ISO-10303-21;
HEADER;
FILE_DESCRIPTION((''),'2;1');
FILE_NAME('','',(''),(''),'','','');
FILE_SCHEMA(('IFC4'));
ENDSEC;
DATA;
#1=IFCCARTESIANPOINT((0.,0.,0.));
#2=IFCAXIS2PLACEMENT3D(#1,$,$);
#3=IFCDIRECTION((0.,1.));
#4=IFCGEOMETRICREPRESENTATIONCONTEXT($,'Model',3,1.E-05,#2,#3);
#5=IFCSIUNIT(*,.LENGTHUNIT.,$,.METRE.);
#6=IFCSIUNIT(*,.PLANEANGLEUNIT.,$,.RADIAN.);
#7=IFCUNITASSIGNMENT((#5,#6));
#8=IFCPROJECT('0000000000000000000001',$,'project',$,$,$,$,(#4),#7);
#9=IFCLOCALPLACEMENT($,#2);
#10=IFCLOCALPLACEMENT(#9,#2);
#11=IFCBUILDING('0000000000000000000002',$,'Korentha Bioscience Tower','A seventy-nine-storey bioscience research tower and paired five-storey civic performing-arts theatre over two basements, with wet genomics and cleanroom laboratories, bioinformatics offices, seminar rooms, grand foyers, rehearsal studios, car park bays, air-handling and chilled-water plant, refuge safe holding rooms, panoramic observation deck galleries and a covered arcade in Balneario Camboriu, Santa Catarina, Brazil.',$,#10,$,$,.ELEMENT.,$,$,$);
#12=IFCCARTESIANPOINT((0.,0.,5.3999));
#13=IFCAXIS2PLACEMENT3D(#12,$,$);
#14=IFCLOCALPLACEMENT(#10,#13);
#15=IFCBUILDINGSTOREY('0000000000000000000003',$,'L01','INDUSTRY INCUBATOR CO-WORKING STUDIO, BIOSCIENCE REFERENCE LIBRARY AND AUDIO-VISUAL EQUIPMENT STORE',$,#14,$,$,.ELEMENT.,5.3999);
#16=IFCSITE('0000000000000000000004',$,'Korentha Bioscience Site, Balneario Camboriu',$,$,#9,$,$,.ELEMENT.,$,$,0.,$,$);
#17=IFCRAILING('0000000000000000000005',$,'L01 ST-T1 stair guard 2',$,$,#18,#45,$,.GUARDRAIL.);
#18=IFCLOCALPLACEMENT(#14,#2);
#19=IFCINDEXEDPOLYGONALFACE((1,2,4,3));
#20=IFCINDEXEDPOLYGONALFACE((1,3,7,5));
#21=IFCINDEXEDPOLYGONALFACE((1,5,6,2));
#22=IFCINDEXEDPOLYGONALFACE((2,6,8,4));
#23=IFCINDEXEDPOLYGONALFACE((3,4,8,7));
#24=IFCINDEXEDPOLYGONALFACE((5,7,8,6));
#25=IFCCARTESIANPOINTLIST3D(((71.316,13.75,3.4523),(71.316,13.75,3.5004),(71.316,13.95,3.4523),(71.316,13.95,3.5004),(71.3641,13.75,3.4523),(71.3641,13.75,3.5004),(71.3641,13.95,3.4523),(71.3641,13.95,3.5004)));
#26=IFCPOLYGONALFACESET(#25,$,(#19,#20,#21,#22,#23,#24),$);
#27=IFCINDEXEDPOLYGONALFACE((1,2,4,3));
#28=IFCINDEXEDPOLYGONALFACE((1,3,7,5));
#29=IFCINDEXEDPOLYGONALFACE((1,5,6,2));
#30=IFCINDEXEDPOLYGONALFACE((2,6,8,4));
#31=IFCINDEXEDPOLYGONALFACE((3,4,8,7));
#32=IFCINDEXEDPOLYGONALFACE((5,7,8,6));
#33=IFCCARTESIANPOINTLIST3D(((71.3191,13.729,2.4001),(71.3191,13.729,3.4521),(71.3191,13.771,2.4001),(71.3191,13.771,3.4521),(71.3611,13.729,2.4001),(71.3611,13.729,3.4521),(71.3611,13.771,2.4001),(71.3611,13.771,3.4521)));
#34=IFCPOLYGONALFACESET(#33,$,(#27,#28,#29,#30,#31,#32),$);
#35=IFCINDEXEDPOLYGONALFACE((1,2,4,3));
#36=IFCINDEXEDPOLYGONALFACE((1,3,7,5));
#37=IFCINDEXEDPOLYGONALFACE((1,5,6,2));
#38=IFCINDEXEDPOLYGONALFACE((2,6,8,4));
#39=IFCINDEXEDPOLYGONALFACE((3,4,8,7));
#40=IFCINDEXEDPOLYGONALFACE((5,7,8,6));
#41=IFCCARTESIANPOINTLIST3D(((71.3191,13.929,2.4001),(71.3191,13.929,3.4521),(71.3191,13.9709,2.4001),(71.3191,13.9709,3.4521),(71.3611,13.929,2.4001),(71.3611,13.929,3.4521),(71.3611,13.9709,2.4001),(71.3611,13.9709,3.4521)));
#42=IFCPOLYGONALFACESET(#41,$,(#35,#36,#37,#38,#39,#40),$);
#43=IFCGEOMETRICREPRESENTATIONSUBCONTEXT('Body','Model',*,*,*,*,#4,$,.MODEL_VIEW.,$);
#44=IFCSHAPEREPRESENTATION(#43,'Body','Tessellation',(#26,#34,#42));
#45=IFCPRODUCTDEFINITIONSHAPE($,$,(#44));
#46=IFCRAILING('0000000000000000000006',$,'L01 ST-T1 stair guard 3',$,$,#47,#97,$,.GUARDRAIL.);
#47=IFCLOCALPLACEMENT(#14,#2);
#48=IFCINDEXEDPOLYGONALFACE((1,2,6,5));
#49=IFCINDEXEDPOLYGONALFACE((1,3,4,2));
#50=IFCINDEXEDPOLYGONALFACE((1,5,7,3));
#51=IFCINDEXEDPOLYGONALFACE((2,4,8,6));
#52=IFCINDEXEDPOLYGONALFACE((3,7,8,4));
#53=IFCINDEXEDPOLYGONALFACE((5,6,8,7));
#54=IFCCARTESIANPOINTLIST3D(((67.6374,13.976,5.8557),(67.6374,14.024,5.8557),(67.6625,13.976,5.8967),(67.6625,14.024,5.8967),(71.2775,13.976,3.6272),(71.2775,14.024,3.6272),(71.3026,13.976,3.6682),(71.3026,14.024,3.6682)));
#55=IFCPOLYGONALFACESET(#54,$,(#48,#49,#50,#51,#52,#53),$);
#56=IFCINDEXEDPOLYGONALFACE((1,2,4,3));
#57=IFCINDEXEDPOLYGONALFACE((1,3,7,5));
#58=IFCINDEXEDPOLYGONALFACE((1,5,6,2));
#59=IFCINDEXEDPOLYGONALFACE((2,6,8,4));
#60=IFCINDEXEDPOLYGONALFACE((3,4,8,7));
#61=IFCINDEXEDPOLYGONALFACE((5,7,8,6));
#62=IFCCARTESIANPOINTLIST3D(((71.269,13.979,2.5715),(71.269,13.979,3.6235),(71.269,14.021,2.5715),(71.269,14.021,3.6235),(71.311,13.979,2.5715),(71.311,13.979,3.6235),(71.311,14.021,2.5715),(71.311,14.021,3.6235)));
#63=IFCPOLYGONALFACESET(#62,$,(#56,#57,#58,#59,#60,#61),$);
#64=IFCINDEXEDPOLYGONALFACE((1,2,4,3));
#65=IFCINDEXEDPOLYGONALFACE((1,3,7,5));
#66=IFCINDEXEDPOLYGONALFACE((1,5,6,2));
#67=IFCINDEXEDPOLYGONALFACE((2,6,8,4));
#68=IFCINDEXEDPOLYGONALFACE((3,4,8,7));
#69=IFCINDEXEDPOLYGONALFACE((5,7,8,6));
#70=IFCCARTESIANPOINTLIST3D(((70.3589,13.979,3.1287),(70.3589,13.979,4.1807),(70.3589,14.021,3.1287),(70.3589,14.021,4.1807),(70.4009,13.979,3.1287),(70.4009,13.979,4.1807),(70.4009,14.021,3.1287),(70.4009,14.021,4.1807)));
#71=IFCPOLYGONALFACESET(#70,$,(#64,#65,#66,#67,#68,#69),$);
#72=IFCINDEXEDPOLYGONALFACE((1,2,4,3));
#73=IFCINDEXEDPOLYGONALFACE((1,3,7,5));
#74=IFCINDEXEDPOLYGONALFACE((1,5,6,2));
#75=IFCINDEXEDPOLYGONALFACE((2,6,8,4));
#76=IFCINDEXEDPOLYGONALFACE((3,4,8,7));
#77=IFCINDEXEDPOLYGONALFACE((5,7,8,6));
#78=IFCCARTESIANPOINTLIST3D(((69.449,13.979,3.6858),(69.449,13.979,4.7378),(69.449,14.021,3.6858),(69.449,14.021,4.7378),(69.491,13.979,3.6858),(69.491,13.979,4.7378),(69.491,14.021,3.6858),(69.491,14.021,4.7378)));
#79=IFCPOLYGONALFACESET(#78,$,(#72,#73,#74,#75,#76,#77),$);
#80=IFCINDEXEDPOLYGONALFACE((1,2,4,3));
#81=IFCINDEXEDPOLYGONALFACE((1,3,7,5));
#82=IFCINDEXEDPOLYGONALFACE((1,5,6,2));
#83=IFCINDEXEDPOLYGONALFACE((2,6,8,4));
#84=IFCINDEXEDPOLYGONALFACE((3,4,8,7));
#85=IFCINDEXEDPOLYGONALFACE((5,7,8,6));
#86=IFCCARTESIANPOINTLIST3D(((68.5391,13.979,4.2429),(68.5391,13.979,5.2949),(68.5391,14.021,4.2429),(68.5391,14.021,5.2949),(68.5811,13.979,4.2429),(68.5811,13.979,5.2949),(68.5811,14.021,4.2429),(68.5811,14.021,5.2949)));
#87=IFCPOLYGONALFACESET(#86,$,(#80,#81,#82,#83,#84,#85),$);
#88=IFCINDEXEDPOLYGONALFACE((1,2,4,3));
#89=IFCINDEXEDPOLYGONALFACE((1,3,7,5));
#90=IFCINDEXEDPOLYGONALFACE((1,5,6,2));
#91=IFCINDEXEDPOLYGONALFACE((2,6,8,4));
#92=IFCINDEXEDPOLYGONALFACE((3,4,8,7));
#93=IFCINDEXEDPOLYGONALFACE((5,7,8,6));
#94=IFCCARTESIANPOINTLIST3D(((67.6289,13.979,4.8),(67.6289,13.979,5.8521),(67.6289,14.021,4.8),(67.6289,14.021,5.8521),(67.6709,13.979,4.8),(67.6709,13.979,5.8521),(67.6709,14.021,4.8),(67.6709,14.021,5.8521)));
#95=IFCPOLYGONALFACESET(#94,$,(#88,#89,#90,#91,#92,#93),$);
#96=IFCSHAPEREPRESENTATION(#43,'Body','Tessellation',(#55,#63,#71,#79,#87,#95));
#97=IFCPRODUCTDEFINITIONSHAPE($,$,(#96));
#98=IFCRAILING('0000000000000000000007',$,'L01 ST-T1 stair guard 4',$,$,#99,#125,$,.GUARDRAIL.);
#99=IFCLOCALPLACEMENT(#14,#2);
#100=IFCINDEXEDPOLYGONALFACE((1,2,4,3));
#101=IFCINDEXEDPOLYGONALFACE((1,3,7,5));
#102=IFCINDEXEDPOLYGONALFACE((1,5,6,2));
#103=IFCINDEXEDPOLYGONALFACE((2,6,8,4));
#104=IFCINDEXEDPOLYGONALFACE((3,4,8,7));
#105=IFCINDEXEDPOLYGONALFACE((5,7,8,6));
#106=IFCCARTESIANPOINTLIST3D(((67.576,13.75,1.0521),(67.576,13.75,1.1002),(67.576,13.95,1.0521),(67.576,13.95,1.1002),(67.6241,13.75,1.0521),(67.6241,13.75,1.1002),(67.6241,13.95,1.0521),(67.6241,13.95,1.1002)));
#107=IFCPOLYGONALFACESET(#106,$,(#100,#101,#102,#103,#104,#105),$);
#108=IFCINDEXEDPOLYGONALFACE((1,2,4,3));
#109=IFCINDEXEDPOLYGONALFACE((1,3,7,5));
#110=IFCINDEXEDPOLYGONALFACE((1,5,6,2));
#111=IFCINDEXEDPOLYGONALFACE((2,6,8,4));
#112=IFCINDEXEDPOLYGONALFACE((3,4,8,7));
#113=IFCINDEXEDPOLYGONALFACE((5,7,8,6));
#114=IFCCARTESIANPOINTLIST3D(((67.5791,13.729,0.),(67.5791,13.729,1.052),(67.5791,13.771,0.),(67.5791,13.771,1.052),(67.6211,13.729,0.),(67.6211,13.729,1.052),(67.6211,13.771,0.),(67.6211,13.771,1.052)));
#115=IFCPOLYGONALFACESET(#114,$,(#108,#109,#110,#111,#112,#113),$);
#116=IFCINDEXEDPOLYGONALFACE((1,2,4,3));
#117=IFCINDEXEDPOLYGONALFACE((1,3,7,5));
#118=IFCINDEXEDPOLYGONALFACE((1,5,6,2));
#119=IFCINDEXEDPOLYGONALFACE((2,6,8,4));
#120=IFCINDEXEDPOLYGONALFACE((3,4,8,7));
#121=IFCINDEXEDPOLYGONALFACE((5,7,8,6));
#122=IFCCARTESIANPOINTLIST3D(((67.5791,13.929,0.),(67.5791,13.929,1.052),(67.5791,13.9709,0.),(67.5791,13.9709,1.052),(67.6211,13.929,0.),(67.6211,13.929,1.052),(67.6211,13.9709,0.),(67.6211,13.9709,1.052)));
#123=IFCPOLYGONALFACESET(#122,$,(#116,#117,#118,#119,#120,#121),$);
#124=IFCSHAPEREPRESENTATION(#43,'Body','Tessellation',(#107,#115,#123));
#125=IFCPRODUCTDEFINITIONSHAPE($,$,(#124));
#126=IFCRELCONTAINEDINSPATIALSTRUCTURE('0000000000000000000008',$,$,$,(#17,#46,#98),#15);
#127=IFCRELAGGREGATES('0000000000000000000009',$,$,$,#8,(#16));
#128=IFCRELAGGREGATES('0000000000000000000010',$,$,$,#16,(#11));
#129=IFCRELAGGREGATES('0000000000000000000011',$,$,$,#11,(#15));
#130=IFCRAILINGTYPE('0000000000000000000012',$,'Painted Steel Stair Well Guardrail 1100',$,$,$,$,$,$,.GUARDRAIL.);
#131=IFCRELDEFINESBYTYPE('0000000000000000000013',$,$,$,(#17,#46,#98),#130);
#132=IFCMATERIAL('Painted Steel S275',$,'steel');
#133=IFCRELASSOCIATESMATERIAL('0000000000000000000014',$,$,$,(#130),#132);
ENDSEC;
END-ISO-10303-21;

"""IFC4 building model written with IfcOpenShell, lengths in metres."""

from ifc_helpers import new_model, si_unit, direction, frame, origin, origin_2d, place, context, subcontext, project, spatial, rectangle, extrude, material, type_object, element, save


model = new_model("IFC4")

# Units and contexts
model_context = context("Model", 3, precision=1e-05, world=origin(), true_north=direction((0.0, 1.0)))
body_context = subcontext(model_context, "Body", "Model", "MODEL_VIEW")
ifc_project = project(units=[si_unit("LENGTHUNIT", "METRE"), si_unit("PLANEANGLEUNIT", "RADIAN")], contexts=[model_context])

# Site, building, storey
site_placement = place(None, origin())
site = spatial("IfcSite", under=ifc_project, at=site_placement, Name="Korentha Bioscience Site, Balneario Camboriu", CompositionType="ELEMENT", RefElevation=0.0)
building_placement = place(site_placement, origin())
building = spatial("IfcBuilding", under=site, at=building_placement, Name="Korentha Bioscience Tower", Description="A seventy-nine-storey bioscience research tower and paired five-storey civic performing-arts theatre over two basements, with wet genomics and cleanroom laboratories, bioinformatics offices, seminar rooms, grand foyers, rehearsal studios, car park bays, air-handling and chilled-water plant, refuge safe holding rooms, panoramic observation deck galleries and a covered arcade in Balneario Camboriu, Santa Catarina, Brazil.", CompositionType="ELEMENT")
storey_placement = place(building_placement, frame((0.0, 0.0, 5.3999)))
storey = spatial("IfcBuildingStorey", under=building, at=storey_placement, Name="L01", Description="INDUSTRY INCUBATOR CO-WORKING STUDIO, BIOSCIENCE REFERENCE LIBRARY AND AUDIO-VISUAL EQUIPMENT STORE", CompositionType="ELEMENT", Elevation=5.3999)

# Railings
ifc_material_1 = material(Name="Painted Steel S275", Category="steel")
railing_type_1 = type_object("IfcRailingType", Name="Painted Steel Stair Well Guardrail 1100", PredefinedType="GUARDRAIL", material=ifc_material_1)
railing_1_placement = place(storey_placement, frame((71.3401, 13.75, 2.4001)))
element("IfcRailing", 1, at=railing_1_placement, inside=storey, type_object=railing_type_1, Name="L01 ST-T1 stair guard 2", PredefinedType="GUARDRAIL", context=body_context, shape_type="SweptSolid", body=[
    extrude(rectangle(XDim=0.0481, YDim=0.0481, at=origin_2d()), frame((0.0, 0.0, 1.0762), z_axis=(0.0, 1.0, 0.0), x_axis=(-1.0, 0.0, 0.0)), (0.0, 0.0, 1.0), 0.2),
    extrude(rectangle(XDim=0.042, YDim=0.042, at=origin_2d()), origin(), (0.0, 0.0, 1.0), 1.052),
    extrude(rectangle(XDim=0.042, YDim=0.042, at=origin_2d()), frame((0.0, 0.2, 0.0)), (0.0, 0.0, 1.0), 1.052),
])
railing_2_placement = place(storey_placement, frame((71.29, 14.0, 2.5715)))
element("IfcRailing", 2, at=railing_2_placement, inside=storey, type_object=railing_type_1, Name="L01 ST-T1 stair guard 3", PredefinedType="GUARDRAIL", context=body_context, shape_type="SweptSolid", body=[
    extrude(rectangle(XDim=0.0481, YDim=0.0481, at=origin_2d()), frame((0.0, 0.0, 1.0762), z_axis=(-0.852866, 0.0, 0.52213), x_axis=(0.0, -1.0, 0.0)), (0.0, 0.0, 1.0), 4.2681),
    extrude(rectangle(XDim=0.042, YDim=0.042, at=origin_2d()), origin(), (0.0, 0.0, 1.0), 1.052),
    extrude(rectangle(XDim=0.042, YDim=0.042, at=origin_2d()), frame((-0.9102, 0.0, 0.5571)), (0.0, 0.0, 1.0), 1.052),
    extrude(rectangle(XDim=0.042, YDim=0.042, at=origin_2d()), frame((-1.8201, 0.0, 1.1143)), (0.0, 0.0, 1.0), 1.052),
    extrude(rectangle(XDim=0.042, YDim=0.042, at=origin_2d()), frame((-2.73, 0.0, 1.6714)), (0.0, 0.0, 1.0), 1.052),
    extrude(rectangle(XDim=0.042, YDim=0.042, at=origin_2d()), frame((-3.6401, 0.0, 2.2285)), (0.0, 0.0, 1.0), 1.052),
])
railing_3_placement = place(storey_placement, frame((67.6001, 13.75, 0.0)))
element("IfcRailing", 3, at=railing_3_placement, inside=storey, type_object=railing_type_1, Name="L01 ST-T1 stair guard 4", PredefinedType="GUARDRAIL", context=body_context, shape_type="SweptSolid", body=[
    extrude(rectangle(XDim=0.0481, YDim=0.0481, at=origin_2d()), frame((0.0, 0.0, 1.0762), z_axis=(0.0, 1.0, 0.0), x_axis=(-1.0, 0.0, 0.0)), (0.0, 0.0, 1.0), 0.2),
    extrude(rectangle(XDim=0.042, YDim=0.042, at=origin_2d()), origin(), (0.0, 0.0, 1.0), 1.052),
    extrude(rectangle(XDim=0.042, YDim=0.042, at=origin_2d()), frame((0.0, 0.2, 0.0)), (0.0, 0.0, 1.0), 1.052),
])

save(model, "model.ifc")
